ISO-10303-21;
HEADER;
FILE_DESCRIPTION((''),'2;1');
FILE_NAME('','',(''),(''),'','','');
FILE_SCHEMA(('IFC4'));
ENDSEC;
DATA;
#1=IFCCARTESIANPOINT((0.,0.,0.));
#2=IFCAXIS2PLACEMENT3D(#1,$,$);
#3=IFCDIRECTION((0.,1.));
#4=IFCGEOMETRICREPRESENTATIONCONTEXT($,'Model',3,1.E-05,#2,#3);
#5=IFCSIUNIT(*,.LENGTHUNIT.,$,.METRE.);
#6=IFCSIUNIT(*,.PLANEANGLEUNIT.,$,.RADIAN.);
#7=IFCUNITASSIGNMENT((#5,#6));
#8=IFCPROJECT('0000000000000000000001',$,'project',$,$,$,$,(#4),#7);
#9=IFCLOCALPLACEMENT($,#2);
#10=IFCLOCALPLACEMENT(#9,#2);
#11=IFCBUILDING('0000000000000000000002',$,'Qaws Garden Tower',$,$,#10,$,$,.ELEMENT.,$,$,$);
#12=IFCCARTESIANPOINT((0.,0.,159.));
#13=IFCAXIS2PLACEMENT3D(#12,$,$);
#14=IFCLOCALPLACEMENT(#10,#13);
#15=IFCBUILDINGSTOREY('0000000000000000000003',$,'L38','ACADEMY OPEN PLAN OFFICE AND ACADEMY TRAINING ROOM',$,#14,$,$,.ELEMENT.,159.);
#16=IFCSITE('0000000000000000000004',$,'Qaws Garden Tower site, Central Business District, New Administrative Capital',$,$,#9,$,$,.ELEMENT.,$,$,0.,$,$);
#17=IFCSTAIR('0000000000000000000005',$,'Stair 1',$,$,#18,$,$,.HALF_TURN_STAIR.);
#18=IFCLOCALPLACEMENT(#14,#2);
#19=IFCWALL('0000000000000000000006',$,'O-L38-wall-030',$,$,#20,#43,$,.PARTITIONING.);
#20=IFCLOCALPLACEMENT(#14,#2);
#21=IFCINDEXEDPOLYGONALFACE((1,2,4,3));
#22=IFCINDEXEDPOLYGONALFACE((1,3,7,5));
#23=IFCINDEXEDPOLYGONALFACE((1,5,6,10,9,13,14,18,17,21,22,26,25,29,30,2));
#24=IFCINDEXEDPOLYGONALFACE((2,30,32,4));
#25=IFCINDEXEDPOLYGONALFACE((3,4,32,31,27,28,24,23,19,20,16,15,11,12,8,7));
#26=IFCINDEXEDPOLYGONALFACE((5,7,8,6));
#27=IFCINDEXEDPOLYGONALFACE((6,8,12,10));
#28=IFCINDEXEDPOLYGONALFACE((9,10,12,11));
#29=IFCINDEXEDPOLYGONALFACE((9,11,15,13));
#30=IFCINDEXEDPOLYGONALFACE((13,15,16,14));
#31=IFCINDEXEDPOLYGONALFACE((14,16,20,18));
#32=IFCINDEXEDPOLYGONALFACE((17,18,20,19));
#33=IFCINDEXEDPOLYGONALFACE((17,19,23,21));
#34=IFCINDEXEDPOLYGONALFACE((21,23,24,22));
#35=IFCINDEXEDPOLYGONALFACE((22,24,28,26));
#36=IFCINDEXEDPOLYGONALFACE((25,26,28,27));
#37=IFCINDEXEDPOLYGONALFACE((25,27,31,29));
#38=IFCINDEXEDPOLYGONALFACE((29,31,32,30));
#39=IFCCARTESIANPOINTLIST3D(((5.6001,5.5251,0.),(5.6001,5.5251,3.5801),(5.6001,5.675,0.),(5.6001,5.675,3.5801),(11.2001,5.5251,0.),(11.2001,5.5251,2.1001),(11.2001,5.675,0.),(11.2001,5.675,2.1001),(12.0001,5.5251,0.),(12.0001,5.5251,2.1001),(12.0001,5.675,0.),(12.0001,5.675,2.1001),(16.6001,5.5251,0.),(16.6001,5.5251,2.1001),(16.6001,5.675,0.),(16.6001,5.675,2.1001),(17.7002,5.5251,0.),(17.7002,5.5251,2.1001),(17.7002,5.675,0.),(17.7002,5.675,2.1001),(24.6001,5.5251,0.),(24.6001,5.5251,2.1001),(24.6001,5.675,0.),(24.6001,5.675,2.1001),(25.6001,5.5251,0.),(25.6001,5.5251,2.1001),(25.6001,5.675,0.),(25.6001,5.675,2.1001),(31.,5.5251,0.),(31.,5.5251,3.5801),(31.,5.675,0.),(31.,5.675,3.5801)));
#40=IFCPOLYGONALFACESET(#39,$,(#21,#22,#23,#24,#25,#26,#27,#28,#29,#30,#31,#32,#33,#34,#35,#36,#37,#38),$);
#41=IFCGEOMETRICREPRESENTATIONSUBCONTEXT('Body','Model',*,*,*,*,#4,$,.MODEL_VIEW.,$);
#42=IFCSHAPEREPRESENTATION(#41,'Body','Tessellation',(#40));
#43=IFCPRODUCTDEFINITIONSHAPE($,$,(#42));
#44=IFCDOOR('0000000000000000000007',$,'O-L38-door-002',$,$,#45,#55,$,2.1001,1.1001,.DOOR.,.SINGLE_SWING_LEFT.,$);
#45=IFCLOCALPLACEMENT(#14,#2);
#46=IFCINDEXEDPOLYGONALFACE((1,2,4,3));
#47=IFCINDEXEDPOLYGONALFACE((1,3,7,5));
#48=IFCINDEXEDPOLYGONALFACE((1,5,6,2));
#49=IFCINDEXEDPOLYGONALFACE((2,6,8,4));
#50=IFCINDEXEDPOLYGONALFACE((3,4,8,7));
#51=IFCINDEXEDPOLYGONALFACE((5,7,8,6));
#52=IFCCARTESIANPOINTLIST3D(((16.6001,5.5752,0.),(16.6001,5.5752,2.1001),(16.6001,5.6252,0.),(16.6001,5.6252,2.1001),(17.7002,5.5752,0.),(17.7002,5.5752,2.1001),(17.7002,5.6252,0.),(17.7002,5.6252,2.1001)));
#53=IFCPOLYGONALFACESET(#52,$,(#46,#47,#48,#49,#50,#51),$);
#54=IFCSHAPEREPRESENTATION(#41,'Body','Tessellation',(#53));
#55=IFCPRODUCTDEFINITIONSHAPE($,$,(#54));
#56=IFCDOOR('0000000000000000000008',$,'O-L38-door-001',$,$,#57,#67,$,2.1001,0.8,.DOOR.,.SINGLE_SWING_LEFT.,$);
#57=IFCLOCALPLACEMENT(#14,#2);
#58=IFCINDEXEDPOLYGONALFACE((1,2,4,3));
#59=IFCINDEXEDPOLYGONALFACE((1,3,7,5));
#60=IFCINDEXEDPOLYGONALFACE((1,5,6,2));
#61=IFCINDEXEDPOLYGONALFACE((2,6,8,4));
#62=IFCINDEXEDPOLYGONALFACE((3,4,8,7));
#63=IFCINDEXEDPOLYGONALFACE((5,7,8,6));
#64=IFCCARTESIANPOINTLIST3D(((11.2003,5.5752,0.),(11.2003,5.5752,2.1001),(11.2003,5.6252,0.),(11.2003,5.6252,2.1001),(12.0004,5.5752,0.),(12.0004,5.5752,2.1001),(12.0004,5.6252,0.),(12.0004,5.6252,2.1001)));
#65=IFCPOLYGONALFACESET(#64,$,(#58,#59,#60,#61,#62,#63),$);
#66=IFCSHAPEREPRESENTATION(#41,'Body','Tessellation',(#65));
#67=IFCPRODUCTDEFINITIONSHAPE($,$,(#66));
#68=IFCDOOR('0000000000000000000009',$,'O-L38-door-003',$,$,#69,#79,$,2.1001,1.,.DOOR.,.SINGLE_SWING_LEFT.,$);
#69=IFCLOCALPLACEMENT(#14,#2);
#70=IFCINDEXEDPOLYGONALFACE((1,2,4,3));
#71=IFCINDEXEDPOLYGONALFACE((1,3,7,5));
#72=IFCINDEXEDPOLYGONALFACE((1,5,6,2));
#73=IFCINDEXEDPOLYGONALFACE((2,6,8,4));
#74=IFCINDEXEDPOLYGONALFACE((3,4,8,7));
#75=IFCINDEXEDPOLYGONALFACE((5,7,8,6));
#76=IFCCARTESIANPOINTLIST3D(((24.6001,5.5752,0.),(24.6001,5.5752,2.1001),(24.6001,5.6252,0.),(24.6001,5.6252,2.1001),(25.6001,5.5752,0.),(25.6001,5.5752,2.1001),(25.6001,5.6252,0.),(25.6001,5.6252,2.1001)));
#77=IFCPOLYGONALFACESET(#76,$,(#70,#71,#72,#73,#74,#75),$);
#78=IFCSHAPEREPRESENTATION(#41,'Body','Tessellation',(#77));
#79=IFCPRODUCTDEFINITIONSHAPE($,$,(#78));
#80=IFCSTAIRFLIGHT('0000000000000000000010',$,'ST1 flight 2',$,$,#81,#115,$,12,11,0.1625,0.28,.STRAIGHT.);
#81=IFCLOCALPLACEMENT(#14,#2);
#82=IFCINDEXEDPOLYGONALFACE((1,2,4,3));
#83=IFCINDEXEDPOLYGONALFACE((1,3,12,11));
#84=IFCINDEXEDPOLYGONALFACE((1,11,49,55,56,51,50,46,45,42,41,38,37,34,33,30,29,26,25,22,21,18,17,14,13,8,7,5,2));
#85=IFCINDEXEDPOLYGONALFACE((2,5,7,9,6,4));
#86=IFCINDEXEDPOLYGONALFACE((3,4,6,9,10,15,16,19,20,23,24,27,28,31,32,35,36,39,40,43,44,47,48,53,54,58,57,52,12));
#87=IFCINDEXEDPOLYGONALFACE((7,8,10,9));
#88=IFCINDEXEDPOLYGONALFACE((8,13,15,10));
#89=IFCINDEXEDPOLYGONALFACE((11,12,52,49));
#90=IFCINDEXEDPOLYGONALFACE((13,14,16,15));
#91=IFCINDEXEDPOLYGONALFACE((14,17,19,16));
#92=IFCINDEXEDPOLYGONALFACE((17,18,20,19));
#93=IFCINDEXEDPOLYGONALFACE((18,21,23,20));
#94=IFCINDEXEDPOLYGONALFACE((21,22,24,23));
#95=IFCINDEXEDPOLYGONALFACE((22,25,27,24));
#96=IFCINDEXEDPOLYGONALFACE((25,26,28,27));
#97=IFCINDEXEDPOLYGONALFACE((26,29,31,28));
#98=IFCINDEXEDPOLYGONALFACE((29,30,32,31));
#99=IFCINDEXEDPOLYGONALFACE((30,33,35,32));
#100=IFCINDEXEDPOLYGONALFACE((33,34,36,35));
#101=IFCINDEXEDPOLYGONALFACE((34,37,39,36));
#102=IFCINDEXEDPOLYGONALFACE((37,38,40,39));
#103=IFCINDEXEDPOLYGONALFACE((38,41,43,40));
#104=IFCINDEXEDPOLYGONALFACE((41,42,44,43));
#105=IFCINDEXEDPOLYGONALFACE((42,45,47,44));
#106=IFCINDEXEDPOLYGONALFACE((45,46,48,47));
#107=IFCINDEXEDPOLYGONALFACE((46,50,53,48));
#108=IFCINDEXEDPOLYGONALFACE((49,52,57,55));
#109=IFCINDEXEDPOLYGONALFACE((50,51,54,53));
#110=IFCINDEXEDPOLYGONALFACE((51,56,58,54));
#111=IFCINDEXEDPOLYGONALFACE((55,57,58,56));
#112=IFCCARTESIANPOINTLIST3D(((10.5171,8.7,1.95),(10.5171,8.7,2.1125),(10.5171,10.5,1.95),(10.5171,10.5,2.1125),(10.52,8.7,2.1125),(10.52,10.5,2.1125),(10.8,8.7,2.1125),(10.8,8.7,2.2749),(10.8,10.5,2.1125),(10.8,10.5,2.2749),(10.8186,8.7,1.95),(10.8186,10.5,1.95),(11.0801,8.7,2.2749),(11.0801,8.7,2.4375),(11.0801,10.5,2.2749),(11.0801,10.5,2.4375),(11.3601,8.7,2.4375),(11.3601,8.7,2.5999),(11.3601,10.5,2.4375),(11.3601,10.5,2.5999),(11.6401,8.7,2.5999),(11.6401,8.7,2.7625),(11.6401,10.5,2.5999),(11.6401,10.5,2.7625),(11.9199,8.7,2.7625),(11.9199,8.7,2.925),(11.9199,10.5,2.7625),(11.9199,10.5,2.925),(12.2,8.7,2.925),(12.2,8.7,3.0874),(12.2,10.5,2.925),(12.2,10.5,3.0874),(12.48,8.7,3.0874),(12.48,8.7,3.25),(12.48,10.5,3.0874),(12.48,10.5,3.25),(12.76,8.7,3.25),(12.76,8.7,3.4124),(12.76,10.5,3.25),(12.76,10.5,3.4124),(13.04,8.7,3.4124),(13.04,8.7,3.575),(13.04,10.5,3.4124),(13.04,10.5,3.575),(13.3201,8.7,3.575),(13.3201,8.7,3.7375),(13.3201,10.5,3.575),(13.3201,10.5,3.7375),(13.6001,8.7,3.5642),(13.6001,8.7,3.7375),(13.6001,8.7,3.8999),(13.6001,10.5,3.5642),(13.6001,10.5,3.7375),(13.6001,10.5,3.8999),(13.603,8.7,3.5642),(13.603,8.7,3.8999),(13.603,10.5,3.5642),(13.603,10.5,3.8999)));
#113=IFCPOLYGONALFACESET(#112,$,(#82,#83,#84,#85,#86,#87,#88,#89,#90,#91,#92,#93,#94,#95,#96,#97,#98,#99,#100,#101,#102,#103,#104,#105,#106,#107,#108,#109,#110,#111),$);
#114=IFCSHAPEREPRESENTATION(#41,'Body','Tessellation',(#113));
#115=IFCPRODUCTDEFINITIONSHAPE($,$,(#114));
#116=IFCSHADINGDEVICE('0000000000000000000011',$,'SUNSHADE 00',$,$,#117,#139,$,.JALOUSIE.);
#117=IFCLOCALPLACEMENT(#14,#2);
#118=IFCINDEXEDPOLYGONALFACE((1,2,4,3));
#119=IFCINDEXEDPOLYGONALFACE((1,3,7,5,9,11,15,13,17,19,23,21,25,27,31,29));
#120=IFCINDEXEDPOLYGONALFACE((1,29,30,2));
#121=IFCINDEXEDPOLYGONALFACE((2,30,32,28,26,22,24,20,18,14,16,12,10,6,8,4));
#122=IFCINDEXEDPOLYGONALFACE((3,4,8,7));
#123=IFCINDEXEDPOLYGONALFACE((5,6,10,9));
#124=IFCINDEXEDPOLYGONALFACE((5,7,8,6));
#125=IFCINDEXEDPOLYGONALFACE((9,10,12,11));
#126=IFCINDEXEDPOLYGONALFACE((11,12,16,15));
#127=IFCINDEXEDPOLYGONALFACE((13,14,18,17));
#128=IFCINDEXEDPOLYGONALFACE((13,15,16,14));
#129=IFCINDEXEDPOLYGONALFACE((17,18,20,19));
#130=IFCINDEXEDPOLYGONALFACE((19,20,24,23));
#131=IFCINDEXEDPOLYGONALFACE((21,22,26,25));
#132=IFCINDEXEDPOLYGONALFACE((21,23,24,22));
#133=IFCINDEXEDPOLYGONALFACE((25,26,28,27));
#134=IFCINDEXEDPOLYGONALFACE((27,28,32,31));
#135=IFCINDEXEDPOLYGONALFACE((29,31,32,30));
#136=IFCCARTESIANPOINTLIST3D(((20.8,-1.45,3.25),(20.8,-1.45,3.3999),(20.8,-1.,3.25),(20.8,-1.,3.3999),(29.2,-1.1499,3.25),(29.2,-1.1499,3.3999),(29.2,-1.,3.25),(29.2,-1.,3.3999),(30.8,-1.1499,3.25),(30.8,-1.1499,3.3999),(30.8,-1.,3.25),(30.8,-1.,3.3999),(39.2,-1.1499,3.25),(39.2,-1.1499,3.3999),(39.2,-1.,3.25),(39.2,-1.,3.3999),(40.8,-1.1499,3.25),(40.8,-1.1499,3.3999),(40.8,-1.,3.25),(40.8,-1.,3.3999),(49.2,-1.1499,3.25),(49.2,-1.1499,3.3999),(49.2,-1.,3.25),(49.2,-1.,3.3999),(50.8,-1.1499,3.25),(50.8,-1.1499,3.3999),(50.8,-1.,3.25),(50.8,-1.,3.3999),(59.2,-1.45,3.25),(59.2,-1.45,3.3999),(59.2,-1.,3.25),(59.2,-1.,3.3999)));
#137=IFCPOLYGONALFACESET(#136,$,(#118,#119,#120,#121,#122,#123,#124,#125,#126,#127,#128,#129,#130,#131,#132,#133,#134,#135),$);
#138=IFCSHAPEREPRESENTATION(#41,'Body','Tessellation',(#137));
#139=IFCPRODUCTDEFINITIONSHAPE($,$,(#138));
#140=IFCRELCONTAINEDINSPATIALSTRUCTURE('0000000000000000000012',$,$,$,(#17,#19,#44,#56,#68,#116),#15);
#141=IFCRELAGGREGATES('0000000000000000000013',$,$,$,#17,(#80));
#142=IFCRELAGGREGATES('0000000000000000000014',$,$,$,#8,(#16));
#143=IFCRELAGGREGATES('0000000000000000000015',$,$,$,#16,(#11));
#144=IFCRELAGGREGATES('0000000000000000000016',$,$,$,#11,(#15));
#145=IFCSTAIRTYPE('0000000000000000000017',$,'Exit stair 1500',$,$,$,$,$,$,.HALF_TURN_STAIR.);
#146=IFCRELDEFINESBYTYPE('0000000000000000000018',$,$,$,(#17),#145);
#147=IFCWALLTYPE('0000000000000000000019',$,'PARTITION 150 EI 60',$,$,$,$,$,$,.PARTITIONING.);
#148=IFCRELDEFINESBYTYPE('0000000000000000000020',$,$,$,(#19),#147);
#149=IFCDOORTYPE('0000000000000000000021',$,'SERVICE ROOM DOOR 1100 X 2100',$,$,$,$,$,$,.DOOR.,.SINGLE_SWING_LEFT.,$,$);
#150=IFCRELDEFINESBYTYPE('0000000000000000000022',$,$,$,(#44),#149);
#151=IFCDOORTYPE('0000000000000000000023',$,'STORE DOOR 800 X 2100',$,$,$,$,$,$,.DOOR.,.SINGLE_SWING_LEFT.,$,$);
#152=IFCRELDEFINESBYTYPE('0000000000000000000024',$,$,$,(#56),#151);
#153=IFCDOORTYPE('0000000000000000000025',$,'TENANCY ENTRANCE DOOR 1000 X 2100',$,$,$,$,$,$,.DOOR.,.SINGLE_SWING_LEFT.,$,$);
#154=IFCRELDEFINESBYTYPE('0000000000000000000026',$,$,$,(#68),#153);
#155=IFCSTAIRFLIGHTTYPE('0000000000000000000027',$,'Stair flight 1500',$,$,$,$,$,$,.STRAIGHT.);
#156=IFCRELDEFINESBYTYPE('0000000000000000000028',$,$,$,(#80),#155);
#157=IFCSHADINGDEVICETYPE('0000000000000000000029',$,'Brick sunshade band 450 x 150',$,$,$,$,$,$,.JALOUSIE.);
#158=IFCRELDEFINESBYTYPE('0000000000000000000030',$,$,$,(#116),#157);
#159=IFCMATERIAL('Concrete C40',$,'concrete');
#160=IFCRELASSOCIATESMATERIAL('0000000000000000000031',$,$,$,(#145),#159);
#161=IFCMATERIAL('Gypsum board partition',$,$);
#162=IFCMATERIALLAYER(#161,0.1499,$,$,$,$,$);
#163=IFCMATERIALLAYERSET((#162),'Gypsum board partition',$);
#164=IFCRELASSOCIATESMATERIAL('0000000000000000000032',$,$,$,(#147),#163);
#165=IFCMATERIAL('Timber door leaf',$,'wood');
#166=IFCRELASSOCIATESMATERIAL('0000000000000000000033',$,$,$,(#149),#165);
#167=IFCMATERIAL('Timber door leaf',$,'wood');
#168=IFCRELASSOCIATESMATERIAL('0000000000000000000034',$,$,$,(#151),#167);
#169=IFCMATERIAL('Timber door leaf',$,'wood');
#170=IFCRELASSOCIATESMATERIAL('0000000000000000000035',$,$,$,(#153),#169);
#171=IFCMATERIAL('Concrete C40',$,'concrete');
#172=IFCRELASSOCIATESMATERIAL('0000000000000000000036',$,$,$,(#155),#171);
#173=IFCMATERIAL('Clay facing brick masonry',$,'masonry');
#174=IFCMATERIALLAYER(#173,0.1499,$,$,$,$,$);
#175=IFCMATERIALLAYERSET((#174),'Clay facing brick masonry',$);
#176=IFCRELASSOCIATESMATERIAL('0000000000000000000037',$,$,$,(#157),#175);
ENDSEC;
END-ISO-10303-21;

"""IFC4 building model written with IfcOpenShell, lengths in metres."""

from ifc_helpers import new_model, si_unit, direction, frame, frame_2d, origin, place, context, subcontext, project, spatial, polyline, rectangle, outline, extrude, material, layer, layer_set, type_object, element, fill, aggregate, save


model = new_model("IFC4")

# Units and contexts
model_context = context("Model", 3, precision=1e-05, world=origin(), true_north=direction((0.0, 1.0)))
body_context = subcontext(model_context, "Body", "Model", "MODEL_VIEW")
ifc_project = project(units=[si_unit("LENGTHUNIT", "METRE"), si_unit("PLANEANGLEUNIT", "RADIAN")], contexts=[model_context])

# Site, building, storey
site_placement = place(None, origin())
site = spatial("IfcSite", under=ifc_project, at=site_placement, Name="Qaws Garden Tower site, Central Business District, New Administrative Capital", CompositionType="ELEMENT", RefElevation=0.0)
building_placement = place(site_placement, origin())
building = spatial("IfcBuilding", under=site, at=building_placement, Name="Qaws Garden Tower", CompositionType="ELEMENT")
storey_placement = place(building_placement, frame((0.0, 0.0, 159.0)))
storey = spatial("IfcBuildingStorey", under=building, at=storey_placement, Name="L38", Description="ACADEMY OPEN PLAN OFFICE AND ACADEMY TRAINING ROOM", CompositionType="ELEMENT", Elevation=159.0)

# Stair
ifc_material_1 = material(Name="Concrete C40", Category="concrete")
stair_type_1 = type_object("IfcStairType", Name="Exit stair 1500", PredefinedType="HALF_TURN_STAIR", material=ifc_material_1)
placement_1 = place(storey_placement, origin())
stair_1 = element("IfcStair", 1, at=placement_1, inside=storey, type_object=stair_type_1, Name="Stair 1", PredefinedType="HALF_TURN_STAIR")

# Shared definitions
ifc_material_2 = material(Name="Gypsum board partition")
ifc_layer_1 = layer(ifc_material_2, 0.1499)
ifc_layer_set_1 = layer_set([ifc_layer_1], Name="Gypsum board partition")
wall_type_1 = type_object("IfcWallType", Name="PARTITION 150 EI 60", PredefinedType="PARTITIONING", material=ifc_layer_set_1)

# Wall, openings, doors
wall_1_placement = place(storey_placement, frame((5.6001, 5.6001, 0.0), z_axis=(0.0, 0.0, 1.0), x_axis=(1.0, 0.0, 0.0)))
wall_1 = element("IfcWall", 2, at=wall_1_placement, inside=storey, type_object=wall_type_1, Name="O-L38-wall-030", PredefinedType="PARTITIONING", context=body_context, shape_type="SweptSolid", body=[
    extrude(rectangle(XDim=25.3999, YDim=0.1499, at=frame_2d((12.7, 0.0))), origin(), (0.0, 0.0, 1.0), 3.5801),
])
opening_1_placement = place(wall_1_placement, frame((5.6001, 0.0, 0.0)))
opening_1 = element("IfcOpeningElement", 3, at=opening_1_placement, cuts=wall_1, PredefinedType="OPENING", context=body_context, shape_type="SweptSolid", body=[
    extrude(rectangle(XDim=0.8, YDim=2.1001, at=frame_2d((0.3999, 1.05))), frame((0.0, 0.085, 0.0), z_axis=(0.0, -1.0, 0.0), x_axis=(1.0, 0.0, 0.0)), (0.0, 0.0, 1.0), 0.1699),
])
opening_2_placement = place(wall_1_placement, frame((11.0, 0.0, 0.0)))
opening_2 = element("IfcOpeningElement", 4, at=opening_2_placement, cuts=wall_1, PredefinedType="OPENING", context=body_context, shape_type="SweptSolid", body=[
    extrude(rectangle(XDim=1.1001, YDim=2.1001, at=frame_2d((0.55, 1.05))), frame((0.0, 0.085, 0.0), z_axis=(0.0, -1.0, 0.0), x_axis=(1.0, 0.0, 0.0)), (0.0, 0.0, 1.0), 0.1699),
])
opening_3_placement = place(wall_1_placement, frame((19.0, 0.0, 0.0)))
opening_3 = element("IfcOpeningElement", 5, at=opening_3_placement, cuts=wall_1, PredefinedType="OPENING", context=body_context, shape_type="SweptSolid", body=[
    extrude(rectangle(XDim=1.0, YDim=2.1001, at=frame_2d((0.5, 1.05))), frame((0.0, 0.085, 0.0), z_axis=(0.0, -1.0, 0.0), x_axis=(1.0, 0.0, 0.0)), (0.0, 0.0, 1.0), 0.1699),
])
ifc_material_3 = material(Name="Timber door leaf", Category="wood")
door_type_1 = type_object("IfcDoorType", Name="SERVICE ROOM DOOR 1100 X 2100", OperationType="SINGLE_SWING_LEFT", PredefinedType="DOOR", material=ifc_material_3)
door_1_placement = place(opening_2_placement, frame((1.1001, 0.0, 0.0), z_axis=(0.0, 0.0, 1.0), x_axis=(-1.0, 0.0, 0.0)))
door_1 = element("IfcDoor", 6, at=door_1_placement, inside=storey, type_object=door_type_1, Name="O-L38-door-002", OperationType="SINGLE_SWING_LEFT", OverallHeight=2.1001, OverallWidth=1.1001, PredefinedType="DOOR", context=body_context, shape_type="SweptSolid", body=[
    extrude(rectangle(XDim=1.1001, YDim=2.1001, at=frame_2d((0.55, 1.05))), frame((0.0, 0.0249, 0.0), z_axis=(0.0, -1.0, 0.0), x_axis=(1.0, 0.0, 0.0)), (0.0, 0.0, 1.0), 0.05),
])
fill(opening_2, door_1)
ifc_material_4 = material(Name="Timber door leaf", Category="wood")
door_type_2 = type_object("IfcDoorType", Name="STORE DOOR 800 X 2100", OperationType="SINGLE_SWING_LEFT", PredefinedType="DOOR", material=ifc_material_4)
door_2_placement = place(opening_1_placement, frame((0.8, 0.0, 0.0), z_axis=(0.0, 0.0, 1.0), x_axis=(-1.0, 0.0, 0.0)))
door_2 = element("IfcDoor", 7, at=door_2_placement, inside=storey, type_object=door_type_2, Name="O-L38-door-001", OperationType="SINGLE_SWING_LEFT", OverallHeight=2.1001, OverallWidth=0.8, PredefinedType="DOOR", context=body_context, shape_type="SweptSolid", body=[
    extrude(rectangle(XDim=0.8, YDim=2.1001, at=frame_2d((0.3999, 1.05))), frame((0.0, 0.0249, 0.0), z_axis=(0.0, -1.0, 0.0), x_axis=(1.0, 0.0, 0.0)), (0.0, 0.0, 1.0), 0.05),
])
fill(opening_1, door_2)
ifc_material_5 = material(Name="Timber door leaf", Category="wood")
door_type_3 = type_object("IfcDoorType", Name="TENANCY ENTRANCE DOOR 1000 X 2100", OperationType="SINGLE_SWING_LEFT", PredefinedType="DOOR", material=ifc_material_5)
door_3_placement = place(opening_3_placement, frame((1.0, 0.0, 0.0), z_axis=(0.0, 0.0, 1.0), x_axis=(-1.0, 0.0, 0.0)))
door_3 = element("IfcDoor", 8, at=door_3_placement, inside=storey, type_object=door_type_3, Name="O-L38-door-003", OperationType="SINGLE_SWING_LEFT", OverallHeight=2.1001, OverallWidth=1.0, PredefinedType="DOOR", context=body_context, shape_type="SweptSolid", body=[
    extrude(rectangle(XDim=1.0, YDim=2.1001, at=frame_2d((0.5, 1.05))), frame((0.0, 0.0249, 0.0), z_axis=(0.0, -1.0, 0.0), x_axis=(1.0, 0.0, 0.0)), (0.0, 0.0, 1.0), 0.05),
])
fill(opening_3, door_3)

# Stair flight
ifc_material_6 = material(Name="Concrete C40", Category="concrete")
stair_flight_type = type_object("IfcStairFlightType", Name="Stair flight 1500", PredefinedType="STRAIGHT", material=ifc_material_6)
stair_flight_placement = place(storey_placement, frame((10.52, 9.6001, 1.95), z_axis=(0.0, 0.0, 1.0), x_axis=(1.0, 0.0, 0.0)))
stair_flight = element("IfcStairFlight", 9, at=stair_flight_placement, type_object=stair_flight_type, Name="ST1 flight 2", NumberOfRisers=12, NumberOfTreads=11, PredefinedType="STRAIGHT", RiserHeight=0.1625, TreadLength=0.28, context=body_context, shape_type="SweptSolid", body=[
    extrude(outline(polyline([(-0.0029, 0.0), (-0.0029, 0.1626), (0.0, 0.1626), (0.28, 0.1626), (0.28, 0.325), (0.5601, 0.325), (0.5601, 0.4875), (0.8401, 0.4875), (0.8401, 0.6499), (1.1201, 0.6499), (1.1201, 0.8125), (1.3999, 0.8125), (1.3999, 0.9751), (1.6799, 0.9751), (1.6799, 1.1375), (1.96, 1.1375), (1.96, 1.3), (2.24, 1.3), (2.24, 1.4624), (2.52, 1.4624), (2.52, 1.625), (2.8, 1.625), (2.8, 1.7876), (3.0801, 1.7876), (3.0801, 1.95), (3.083, 1.95), (3.083, 1.6143), (3.0801, 1.6143), (0.2986, 0.0), (-0.0029, 0.0)])), frame((0.0, 0.8999, 0.0), z_axis=(0.0, -1.0, 0.0), x_axis=(1.0, 0.0, 0.0)), (0.0, 0.0, 1.0), 1.8),
])
aggregate(stair_1, [stair_flight])

# Shading device
ifc_material_7 = material(Name="Clay facing brick masonry", Category="masonry")
ifc_layer_2 = layer(ifc_material_7, 0.1499)
ifc_layer_set_2 = layer_set([ifc_layer_2], Name="Clay facing brick masonry")
shading_device_type = type_object("IfcShadingDeviceType", Name="Brick sunshade band 450 x 150", PredefinedType="JALOUSIE", material=ifc_layer_set_2)
shading_device_placement = place(storey_placement, frame((0.0, 0.0, 3.25)))
element("IfcShadingDevice", 10, at=shading_device_placement, inside=storey, type_object=shading_device_type, Name="SUNSHADE 00", PredefinedType="JALOUSIE", context=body_context, shape_type="SweptSolid", body=[
    extrude(outline(polyline([(20.8, -1.0), (20.8, -1.45), (59.2, -1.45), (59.2, -1.0), (50.8, -1.0), (50.8, -1.1499), (49.2, -1.1499), (49.2, -1.0), (40.8, -1.0), (40.8, -1.1499), (39.2, -1.1499), (39.2, -1.0), (30.8, -1.0), (30.8, -1.1499), (29.2, -1.1499), (29.2, -1.0), (20.8, -1.0)])), origin(), (0.0, 0.0, 1.0), 0.1499),
])

save(model, "model.ifc")
